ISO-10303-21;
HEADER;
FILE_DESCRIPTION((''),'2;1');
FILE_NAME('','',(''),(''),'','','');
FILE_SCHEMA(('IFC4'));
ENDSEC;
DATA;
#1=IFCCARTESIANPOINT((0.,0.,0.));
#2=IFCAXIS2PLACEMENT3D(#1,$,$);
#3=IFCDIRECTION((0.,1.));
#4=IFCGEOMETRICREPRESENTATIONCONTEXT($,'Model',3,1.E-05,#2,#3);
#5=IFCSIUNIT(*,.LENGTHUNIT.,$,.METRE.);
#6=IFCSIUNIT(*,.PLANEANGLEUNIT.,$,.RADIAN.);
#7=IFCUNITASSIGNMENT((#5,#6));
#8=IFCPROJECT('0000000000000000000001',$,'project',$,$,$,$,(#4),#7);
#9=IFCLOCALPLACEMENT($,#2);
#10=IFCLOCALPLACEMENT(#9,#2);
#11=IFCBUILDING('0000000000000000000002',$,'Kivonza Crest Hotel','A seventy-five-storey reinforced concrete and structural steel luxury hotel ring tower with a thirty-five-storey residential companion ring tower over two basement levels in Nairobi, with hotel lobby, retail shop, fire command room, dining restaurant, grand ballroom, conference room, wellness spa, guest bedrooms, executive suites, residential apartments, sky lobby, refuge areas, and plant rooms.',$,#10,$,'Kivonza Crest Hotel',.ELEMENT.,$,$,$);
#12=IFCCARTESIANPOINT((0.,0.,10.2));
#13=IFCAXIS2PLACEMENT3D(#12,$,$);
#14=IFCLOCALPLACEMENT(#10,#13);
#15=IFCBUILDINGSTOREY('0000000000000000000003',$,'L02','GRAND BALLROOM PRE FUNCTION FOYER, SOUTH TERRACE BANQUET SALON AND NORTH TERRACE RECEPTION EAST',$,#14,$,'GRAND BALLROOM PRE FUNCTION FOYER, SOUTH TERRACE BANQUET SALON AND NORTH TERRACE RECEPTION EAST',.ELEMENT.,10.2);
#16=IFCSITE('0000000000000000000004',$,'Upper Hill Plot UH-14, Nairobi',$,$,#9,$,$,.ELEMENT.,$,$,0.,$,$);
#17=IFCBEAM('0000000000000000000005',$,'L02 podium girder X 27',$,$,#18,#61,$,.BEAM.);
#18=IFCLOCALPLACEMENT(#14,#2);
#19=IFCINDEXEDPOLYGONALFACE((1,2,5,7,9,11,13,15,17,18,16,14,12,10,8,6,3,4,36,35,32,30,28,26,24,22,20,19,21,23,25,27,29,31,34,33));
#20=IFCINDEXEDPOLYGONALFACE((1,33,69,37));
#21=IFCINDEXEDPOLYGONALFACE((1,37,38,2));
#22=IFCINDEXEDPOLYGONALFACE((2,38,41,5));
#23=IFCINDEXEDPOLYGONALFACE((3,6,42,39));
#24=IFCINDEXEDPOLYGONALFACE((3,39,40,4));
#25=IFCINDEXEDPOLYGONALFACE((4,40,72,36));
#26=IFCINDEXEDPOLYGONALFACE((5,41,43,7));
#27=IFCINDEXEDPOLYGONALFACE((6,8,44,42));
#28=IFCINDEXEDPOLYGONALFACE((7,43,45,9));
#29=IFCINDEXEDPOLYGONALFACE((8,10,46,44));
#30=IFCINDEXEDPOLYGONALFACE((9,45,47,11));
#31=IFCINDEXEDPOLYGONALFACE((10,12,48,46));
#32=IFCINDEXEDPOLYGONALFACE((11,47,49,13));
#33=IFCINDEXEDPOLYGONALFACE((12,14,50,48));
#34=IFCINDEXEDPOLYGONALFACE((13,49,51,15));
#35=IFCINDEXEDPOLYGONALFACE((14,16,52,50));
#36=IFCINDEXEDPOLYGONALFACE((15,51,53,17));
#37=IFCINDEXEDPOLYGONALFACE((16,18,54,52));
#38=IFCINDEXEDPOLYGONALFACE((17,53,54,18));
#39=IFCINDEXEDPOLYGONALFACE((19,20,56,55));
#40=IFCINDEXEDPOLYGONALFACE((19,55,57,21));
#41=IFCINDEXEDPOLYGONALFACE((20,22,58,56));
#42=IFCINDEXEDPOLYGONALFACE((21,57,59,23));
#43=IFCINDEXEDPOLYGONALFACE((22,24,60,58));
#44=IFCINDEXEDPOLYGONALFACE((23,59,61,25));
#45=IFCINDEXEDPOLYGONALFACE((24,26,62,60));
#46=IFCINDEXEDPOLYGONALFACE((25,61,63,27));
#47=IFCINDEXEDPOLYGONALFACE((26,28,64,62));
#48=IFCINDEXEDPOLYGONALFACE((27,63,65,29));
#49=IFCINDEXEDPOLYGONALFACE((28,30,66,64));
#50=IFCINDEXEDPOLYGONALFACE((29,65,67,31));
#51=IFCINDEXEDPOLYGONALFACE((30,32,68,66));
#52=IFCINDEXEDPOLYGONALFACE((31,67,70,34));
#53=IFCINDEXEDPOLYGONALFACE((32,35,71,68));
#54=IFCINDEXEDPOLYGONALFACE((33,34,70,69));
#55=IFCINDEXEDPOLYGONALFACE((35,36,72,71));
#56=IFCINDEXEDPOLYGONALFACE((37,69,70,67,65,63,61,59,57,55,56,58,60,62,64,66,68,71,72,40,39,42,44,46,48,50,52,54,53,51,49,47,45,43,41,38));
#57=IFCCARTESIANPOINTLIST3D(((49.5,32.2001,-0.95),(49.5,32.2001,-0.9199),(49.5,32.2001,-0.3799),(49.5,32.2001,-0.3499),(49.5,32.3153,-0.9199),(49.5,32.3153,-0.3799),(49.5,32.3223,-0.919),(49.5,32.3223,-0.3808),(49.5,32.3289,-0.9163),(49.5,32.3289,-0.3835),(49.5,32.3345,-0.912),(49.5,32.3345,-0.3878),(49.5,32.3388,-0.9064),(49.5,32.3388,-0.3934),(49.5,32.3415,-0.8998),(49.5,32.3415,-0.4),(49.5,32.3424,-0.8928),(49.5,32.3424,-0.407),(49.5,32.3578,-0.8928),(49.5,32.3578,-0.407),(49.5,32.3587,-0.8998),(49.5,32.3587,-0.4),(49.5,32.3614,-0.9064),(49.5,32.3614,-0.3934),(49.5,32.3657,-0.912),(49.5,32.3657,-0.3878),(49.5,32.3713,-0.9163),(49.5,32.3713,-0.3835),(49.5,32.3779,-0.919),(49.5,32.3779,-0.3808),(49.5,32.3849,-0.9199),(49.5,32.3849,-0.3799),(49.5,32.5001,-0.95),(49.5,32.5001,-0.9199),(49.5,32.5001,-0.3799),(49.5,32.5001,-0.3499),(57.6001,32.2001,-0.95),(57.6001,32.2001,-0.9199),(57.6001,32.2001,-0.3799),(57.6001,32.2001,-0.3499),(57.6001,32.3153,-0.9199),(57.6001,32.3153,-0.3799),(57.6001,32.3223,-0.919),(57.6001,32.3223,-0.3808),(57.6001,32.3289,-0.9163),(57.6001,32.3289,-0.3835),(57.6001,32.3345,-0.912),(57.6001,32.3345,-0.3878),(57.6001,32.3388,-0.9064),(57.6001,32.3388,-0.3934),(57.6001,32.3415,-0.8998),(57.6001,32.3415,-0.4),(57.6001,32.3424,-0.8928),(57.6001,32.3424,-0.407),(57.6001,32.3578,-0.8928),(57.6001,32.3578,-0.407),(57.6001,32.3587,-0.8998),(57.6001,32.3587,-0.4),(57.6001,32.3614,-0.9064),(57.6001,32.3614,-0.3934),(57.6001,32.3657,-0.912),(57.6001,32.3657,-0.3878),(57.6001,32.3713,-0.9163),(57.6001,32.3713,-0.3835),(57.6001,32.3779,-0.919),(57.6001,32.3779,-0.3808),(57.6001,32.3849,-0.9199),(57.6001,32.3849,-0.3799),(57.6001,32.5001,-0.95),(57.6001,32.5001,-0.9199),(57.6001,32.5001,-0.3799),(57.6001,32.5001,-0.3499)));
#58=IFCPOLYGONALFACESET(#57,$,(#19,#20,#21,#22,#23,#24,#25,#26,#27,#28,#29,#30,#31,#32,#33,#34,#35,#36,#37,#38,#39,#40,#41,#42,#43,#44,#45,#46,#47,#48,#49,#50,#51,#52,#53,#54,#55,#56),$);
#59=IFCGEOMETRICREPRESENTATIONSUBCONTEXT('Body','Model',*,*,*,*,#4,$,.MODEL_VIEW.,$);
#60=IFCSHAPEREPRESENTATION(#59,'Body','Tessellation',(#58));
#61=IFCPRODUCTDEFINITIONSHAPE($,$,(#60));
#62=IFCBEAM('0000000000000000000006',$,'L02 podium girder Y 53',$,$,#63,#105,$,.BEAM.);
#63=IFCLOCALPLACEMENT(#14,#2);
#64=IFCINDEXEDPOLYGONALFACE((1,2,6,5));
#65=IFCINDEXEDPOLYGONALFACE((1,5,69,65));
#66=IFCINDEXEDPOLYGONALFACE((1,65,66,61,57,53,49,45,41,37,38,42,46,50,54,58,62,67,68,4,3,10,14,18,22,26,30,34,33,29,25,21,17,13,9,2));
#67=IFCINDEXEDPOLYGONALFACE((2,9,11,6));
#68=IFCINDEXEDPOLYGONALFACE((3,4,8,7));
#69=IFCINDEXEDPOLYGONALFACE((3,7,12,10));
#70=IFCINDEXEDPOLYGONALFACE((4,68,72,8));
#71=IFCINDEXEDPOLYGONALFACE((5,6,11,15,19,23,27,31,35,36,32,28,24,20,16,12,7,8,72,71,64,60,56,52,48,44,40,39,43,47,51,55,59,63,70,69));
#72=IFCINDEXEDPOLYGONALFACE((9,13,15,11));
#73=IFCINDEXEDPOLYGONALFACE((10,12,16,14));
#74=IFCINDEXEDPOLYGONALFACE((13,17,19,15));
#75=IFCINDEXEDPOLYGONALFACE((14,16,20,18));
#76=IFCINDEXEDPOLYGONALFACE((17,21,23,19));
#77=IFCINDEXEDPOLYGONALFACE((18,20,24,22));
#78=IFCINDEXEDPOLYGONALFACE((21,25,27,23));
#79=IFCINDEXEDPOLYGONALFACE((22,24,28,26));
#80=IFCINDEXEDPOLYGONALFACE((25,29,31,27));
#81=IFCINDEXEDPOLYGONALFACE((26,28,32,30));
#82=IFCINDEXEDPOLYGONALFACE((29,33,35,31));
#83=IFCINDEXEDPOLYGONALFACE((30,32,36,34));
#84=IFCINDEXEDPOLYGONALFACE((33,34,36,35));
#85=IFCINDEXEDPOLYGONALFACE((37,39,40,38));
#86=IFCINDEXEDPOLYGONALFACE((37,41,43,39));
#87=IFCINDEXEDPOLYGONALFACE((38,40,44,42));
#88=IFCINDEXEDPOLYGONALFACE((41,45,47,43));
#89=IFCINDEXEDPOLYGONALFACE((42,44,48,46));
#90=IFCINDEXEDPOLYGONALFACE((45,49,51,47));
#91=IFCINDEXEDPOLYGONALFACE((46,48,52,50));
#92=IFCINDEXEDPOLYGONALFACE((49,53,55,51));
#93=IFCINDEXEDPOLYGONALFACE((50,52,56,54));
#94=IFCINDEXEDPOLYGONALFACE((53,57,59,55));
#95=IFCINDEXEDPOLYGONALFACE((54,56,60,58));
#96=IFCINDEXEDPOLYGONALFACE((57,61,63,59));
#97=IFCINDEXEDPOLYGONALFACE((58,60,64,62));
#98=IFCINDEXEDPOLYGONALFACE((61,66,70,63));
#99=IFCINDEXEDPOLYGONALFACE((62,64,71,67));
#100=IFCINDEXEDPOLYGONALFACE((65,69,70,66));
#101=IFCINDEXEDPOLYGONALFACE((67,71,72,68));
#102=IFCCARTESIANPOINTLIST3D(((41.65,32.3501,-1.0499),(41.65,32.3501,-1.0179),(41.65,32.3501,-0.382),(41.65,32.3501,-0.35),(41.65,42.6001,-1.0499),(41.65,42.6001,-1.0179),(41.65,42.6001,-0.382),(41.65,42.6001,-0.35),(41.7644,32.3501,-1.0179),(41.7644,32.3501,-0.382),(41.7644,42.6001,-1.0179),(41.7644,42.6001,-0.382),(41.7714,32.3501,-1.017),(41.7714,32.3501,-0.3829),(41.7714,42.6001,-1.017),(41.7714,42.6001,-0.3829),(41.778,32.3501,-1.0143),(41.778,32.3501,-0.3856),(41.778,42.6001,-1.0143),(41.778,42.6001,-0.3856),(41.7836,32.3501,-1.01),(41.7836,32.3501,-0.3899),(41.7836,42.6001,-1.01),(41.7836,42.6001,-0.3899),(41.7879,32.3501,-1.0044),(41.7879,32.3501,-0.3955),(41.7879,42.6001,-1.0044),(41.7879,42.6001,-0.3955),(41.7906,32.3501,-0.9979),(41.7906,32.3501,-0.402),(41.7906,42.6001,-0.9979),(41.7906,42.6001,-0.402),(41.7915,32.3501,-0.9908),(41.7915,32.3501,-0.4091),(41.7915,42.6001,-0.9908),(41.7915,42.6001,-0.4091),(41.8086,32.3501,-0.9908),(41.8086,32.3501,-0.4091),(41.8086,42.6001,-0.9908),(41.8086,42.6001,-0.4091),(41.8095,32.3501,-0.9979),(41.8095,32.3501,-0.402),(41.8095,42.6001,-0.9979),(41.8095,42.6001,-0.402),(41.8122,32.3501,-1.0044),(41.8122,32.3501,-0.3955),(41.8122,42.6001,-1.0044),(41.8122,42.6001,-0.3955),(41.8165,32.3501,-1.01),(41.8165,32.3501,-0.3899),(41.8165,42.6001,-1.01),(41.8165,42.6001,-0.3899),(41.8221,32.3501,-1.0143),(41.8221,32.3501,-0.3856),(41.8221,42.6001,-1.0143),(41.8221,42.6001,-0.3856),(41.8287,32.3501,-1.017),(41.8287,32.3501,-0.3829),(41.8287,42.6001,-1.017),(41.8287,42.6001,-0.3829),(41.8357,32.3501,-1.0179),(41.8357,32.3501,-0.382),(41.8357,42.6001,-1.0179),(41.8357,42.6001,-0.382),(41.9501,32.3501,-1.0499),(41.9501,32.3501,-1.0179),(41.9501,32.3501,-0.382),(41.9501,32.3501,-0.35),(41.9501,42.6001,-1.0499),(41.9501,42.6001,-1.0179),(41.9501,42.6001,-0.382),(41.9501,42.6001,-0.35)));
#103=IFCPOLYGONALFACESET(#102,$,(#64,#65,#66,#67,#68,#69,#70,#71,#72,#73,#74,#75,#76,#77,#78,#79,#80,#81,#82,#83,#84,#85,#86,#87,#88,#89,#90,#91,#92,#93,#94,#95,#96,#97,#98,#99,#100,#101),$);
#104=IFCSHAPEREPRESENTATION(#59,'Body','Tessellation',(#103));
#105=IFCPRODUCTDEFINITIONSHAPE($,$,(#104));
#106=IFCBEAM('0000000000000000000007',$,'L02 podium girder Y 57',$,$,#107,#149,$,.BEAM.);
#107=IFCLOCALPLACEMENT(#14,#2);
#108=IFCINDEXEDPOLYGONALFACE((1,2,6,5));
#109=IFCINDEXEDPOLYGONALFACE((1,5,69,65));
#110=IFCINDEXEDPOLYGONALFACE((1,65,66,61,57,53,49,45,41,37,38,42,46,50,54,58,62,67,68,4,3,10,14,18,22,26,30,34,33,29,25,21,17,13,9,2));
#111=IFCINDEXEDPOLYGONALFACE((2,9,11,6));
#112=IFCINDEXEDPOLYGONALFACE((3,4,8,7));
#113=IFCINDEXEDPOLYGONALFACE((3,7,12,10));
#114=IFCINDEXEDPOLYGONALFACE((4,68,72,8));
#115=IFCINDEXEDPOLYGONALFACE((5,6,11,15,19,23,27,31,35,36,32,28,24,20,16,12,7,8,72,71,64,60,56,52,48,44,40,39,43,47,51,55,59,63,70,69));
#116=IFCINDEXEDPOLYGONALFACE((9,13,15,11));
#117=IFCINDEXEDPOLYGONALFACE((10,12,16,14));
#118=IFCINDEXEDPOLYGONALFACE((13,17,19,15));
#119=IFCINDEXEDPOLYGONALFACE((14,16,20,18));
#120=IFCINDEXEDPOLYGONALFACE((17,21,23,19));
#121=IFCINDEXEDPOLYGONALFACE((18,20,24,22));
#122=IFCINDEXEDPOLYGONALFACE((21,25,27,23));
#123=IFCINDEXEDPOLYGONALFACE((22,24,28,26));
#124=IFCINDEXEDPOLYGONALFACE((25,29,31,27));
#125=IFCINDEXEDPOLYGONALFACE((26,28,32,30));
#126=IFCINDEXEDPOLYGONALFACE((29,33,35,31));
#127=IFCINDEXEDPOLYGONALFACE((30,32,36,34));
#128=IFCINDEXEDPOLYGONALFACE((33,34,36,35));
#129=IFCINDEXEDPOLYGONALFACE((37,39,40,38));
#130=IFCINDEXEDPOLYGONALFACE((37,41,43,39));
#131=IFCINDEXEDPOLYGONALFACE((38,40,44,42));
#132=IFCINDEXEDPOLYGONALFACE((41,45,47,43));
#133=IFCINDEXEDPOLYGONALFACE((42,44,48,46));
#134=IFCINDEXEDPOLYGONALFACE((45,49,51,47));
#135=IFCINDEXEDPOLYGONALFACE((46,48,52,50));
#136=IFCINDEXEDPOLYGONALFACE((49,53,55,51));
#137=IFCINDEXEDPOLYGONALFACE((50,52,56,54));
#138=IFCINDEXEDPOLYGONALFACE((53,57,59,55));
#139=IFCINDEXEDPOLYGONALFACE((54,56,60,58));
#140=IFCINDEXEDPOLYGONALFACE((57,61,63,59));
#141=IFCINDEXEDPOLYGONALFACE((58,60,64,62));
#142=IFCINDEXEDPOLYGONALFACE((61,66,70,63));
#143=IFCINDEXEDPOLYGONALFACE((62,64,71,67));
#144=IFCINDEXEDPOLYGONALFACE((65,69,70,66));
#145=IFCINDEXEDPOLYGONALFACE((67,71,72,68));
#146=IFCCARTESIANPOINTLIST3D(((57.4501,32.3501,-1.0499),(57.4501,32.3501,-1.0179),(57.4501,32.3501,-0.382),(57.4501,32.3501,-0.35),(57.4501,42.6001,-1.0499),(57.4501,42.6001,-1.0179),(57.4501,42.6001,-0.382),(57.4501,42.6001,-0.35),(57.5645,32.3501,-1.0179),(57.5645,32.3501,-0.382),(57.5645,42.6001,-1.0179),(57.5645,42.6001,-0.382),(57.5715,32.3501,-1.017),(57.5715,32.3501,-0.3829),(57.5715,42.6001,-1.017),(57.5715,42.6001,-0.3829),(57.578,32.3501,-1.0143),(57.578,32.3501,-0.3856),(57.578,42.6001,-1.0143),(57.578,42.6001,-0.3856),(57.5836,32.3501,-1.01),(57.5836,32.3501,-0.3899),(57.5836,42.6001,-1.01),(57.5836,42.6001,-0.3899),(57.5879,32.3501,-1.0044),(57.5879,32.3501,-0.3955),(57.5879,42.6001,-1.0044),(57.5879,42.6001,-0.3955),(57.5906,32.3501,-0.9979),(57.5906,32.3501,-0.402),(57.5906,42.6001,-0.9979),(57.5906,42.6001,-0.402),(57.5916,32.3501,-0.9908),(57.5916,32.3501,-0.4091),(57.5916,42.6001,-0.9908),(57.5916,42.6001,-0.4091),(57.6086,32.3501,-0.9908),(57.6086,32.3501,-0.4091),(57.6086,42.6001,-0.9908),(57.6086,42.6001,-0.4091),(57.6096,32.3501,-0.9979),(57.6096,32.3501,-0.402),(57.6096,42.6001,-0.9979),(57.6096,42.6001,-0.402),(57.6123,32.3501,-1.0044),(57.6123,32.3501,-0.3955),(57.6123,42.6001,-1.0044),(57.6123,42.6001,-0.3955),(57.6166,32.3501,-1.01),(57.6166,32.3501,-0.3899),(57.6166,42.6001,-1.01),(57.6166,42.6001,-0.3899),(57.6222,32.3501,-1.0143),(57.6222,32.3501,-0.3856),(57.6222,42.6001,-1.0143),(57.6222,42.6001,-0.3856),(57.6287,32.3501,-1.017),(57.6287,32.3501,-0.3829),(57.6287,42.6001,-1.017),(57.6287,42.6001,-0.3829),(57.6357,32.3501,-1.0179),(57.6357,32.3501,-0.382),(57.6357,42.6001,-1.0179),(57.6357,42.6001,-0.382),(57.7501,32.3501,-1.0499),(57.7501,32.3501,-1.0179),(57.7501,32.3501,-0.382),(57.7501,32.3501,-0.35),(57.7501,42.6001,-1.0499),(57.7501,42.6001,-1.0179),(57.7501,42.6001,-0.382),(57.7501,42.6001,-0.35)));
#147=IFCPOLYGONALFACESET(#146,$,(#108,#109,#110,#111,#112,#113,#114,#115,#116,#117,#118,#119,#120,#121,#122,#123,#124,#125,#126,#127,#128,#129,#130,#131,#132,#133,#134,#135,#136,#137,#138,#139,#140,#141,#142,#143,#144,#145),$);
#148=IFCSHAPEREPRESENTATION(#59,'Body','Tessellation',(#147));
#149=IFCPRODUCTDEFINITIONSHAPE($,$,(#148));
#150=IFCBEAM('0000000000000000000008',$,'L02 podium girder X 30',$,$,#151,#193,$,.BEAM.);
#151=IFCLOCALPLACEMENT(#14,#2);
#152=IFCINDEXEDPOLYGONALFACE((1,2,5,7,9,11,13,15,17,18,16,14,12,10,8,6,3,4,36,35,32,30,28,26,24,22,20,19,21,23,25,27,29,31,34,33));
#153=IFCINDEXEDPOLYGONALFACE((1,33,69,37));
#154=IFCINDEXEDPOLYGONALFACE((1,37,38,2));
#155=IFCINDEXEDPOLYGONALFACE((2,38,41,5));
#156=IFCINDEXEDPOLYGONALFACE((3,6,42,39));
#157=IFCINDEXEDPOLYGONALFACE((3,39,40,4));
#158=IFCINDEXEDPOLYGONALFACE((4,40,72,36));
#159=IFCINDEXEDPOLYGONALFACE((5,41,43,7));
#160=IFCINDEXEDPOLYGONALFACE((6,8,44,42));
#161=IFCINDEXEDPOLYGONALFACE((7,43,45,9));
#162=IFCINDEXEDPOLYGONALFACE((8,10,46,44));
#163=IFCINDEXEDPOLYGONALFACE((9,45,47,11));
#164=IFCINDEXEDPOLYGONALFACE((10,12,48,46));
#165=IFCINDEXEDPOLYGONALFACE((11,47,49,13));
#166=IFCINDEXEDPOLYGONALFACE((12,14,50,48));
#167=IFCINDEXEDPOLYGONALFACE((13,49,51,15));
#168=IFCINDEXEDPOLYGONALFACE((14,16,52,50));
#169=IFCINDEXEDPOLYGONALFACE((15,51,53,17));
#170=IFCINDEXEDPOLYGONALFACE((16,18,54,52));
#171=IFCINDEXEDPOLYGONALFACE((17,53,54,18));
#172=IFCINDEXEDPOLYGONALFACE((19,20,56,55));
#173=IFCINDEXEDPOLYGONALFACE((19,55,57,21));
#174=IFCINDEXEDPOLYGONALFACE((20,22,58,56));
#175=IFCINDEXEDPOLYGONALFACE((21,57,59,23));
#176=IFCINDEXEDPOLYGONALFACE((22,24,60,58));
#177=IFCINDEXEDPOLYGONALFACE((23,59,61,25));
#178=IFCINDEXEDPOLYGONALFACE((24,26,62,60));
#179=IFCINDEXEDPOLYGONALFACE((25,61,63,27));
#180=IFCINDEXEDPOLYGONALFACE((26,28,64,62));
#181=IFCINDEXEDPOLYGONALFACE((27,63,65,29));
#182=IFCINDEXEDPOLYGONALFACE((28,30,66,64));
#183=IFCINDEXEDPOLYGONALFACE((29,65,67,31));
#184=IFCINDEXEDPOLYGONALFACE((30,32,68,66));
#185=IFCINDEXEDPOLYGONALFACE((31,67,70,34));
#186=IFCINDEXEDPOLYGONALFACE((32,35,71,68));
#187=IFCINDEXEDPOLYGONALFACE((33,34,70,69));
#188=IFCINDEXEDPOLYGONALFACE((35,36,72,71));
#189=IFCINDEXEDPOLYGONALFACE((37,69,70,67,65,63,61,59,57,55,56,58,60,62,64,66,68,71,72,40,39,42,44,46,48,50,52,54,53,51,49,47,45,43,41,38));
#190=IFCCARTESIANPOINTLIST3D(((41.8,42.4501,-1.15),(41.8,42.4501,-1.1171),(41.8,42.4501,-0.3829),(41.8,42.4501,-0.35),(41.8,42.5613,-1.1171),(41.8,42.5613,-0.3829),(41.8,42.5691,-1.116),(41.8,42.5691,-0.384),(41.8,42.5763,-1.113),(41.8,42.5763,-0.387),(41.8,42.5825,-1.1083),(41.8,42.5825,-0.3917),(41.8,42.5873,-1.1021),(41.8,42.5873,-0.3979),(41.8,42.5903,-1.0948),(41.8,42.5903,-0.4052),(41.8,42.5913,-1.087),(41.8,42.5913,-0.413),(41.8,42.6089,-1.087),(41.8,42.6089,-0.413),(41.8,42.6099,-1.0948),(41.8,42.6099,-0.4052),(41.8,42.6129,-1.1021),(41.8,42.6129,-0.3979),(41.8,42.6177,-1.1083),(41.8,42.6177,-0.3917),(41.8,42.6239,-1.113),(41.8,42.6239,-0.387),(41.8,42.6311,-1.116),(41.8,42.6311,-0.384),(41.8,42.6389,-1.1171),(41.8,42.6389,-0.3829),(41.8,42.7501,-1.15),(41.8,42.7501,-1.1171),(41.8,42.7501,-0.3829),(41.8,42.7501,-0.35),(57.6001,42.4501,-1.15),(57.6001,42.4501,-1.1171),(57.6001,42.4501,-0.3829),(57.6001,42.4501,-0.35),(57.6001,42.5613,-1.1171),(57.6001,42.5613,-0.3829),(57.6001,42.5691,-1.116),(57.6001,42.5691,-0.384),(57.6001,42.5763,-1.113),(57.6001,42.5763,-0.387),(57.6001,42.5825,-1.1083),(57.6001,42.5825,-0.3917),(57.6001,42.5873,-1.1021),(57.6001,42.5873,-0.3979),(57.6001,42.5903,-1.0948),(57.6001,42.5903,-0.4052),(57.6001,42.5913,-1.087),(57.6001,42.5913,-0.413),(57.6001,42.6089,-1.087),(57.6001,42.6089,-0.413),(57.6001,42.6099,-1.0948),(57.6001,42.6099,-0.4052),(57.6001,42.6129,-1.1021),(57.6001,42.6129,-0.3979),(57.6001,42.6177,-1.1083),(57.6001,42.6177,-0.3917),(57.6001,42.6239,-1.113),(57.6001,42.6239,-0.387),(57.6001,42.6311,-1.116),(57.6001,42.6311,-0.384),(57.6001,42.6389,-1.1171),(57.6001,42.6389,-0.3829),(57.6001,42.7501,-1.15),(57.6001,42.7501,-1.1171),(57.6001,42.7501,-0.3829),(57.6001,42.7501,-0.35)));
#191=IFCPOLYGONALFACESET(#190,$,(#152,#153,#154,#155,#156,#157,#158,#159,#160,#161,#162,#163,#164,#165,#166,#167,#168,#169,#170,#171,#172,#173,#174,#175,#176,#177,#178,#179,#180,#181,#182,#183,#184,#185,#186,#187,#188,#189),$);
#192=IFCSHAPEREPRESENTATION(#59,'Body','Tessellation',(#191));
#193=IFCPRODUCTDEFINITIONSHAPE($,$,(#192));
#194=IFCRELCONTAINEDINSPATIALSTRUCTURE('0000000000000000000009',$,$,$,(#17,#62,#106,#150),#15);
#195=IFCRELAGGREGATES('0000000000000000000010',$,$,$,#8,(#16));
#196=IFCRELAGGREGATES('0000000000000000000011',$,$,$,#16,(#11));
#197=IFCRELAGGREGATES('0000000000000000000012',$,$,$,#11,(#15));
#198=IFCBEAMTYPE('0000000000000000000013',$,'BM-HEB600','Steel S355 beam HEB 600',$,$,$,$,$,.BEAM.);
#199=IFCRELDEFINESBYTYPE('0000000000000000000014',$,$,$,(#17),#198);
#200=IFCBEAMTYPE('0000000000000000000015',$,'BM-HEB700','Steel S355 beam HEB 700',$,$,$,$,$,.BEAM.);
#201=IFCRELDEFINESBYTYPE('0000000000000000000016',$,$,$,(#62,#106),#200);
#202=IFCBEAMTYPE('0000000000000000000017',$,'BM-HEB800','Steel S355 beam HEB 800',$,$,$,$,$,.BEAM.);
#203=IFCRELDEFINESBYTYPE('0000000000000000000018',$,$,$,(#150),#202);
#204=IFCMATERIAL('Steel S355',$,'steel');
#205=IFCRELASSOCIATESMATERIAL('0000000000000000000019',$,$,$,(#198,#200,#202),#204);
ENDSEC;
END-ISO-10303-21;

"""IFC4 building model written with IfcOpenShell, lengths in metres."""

from ifc_helpers import new_model, si_unit, direction, frame, origin, origin_2d, place, context, subcontext, project, spatial, i_section, extrude, material, material_profile, profile_set, type_object, element, save


model = new_model("IFC4")

# Units and contexts
model_context = context("Model", 3, precision=1e-05, world=origin(), true_north=direction((0.0, 1.0)))
body_context = subcontext(model_context, "Body", "Model", "MODEL_VIEW")
ifc_project = project(units=[si_unit("LENGTHUNIT", "METRE"), si_unit("PLANEANGLEUNIT", "RADIAN")], contexts=[model_context])

# Site, building, storey
site_placement = place(None, origin())
site = spatial("IfcSite", under=ifc_project, at=site_placement, Name="Upper Hill Plot UH-14, Nairobi", CompositionType="ELEMENT", RefElevation=0.0)
building_placement = place(site_placement, origin())
building = spatial("IfcBuilding", under=site, at=building_placement, Name="Kivonza Crest Hotel", Description="A seventy-five-storey reinforced concrete and structural steel luxury hotel ring tower with a thirty-five-storey residential companion ring tower over two basement levels in Nairobi, with hotel lobby, retail shop, fire command room, dining restaurant, grand ballroom, conference room, wellness spa, guest bedrooms, executive suites, residential apartments, sky lobby, refuge areas, and plant rooms.", LongName="Kivonza Crest Hotel", CompositionType="ELEMENT")
storey_placement = place(building_placement, frame((0.0, 0.0, 10.2)))
storey = spatial("IfcBuildingStorey", under=building, at=storey_placement, Name="L02", Description="GRAND BALLROOM PRE FUNCTION FOYER, SOUTH TERRACE BANQUET SALON AND NORTH TERRACE RECEPTION EAST", LongName="GRAND BALLROOM PRE FUNCTION FOYER, SOUTH TERRACE BANQUET SALON AND NORTH TERRACE RECEPTION EAST", CompositionType="ELEMENT", Elevation=10.2)

# Beams
ifc_material_1 = material(Name="Steel S355", Category="steel")
ifc_material_profile_1 = material_profile(ifc_material_1, i_section(OverallWidth=0.3, OverallDepth=0.6001, WebThickness=0.0154, FlangeThickness=0.03, FilletRadius=0.0271, at=origin_2d()), Name="HEB 600")
ifc_profile_set_1 = profile_set([ifc_material_profile_1], Name="Steel S355")
beam_type_1 = type_object("IfcBeamType", Name="BM-HEB600", Description="Steel S355 beam HEB 600", PredefinedType="BEAM", material=ifc_profile_set_1)
beam_1_placement = place(storey_placement, frame((49.5, 32.3501, -0.6499), z_axis=(1.0, 0.0, 0.0), x_axis=(0.0, 1.0, 0.0)))
element("IfcBeam", 1, at=beam_1_placement, inside=storey, type_object=beam_type_1, Name="L02 podium girder X 27", PredefinedType="BEAM", context=body_context, shape_type="SweptSolid", body=[
    extrude(i_section(OverallWidth=0.3, OverallDepth=0.6001, WebThickness=0.0154, FlangeThickness=0.03, FilletRadius=0.0271, at=origin_2d()), origin(), (0.0, 0.0, 1.0), 8.1001),
])
ifc_material_profile_2 = material_profile(ifc_material_1, i_section(OverallWidth=0.3, OverallDepth=0.7, WebThickness=0.0171, FlangeThickness=0.032, FilletRadius=0.0271, at=origin_2d()), Name="HEB 700")
ifc_profile_set_2 = profile_set([ifc_material_profile_2], Name="Steel S355")
beam_type_2 = type_object("IfcBeamType", Name="BM-HEB700", Description="Steel S355 beam HEB 700", PredefinedType="BEAM", material=ifc_profile_set_2)
for number, where, z_axis, x_axis, name in (
    (2, (41.8, 32.3501, -0.7), (0.0, 1.0, 0.0), (-1.0, 0.0, 0.0), "L02 podium girder Y 53"),
    (3, (57.6001, 32.3501, -0.7), (0.0, 1.0, 0.0), (-1.0, 0.0, 0.0), "L02 podium girder Y 57"),
):
    element("IfcBeam", number, at=place(storey_placement, frame(where, z_axis=z_axis, x_axis=x_axis)), inside=storey, type_object=beam_type_2, Name=name, PredefinedType="BEAM", context=body_context, shape_type="SweptSolid", body=[
        extrude(i_section(OverallWidth=0.3, OverallDepth=0.7, WebThickness=0.0171, FlangeThickness=0.032, FilletRadius=0.0271, at=origin_2d()), origin(), (0.0, 0.0, 1.0), 10.25),
    ])
ifc_material_profile_3 = material_profile(ifc_material_1, i_section(OverallWidth=0.3, OverallDepth=0.8, WebThickness=0.0176, FlangeThickness=0.033, FilletRadius=0.03, at=origin_2d()), Name="HEB 800")
ifc_profile_set_3 = profile_set([ifc_material_profile_3], Name="Steel S355")
beam_type_3 = type_object("IfcBeamType", Name="BM-HEB800", Description="Steel S355 beam HEB 800", PredefinedType="BEAM", material=ifc_profile_set_3)
beam_2_placement = place(storey_placement, frame((41.8, 42.6001, -0.75), z_axis=(1.0, 0.0, 0.0), x_axis=(0.0, 1.0, 0.0)))
element("IfcBeam", 4, at=beam_2_placement, inside=storey, type_object=beam_type_3, Name="L02 podium girder X 30", PredefinedType="BEAM", context=body_context, shape_type="SweptSolid", body=[
    extrude(i_section(OverallWidth=0.3, OverallDepth=0.8, WebThickness=0.0176, FlangeThickness=0.033, FilletRadius=0.03, at=origin_2d()), origin(), (0.0, 0.0, 1.0), 15.8),
])

save(model, "model.ifc")
